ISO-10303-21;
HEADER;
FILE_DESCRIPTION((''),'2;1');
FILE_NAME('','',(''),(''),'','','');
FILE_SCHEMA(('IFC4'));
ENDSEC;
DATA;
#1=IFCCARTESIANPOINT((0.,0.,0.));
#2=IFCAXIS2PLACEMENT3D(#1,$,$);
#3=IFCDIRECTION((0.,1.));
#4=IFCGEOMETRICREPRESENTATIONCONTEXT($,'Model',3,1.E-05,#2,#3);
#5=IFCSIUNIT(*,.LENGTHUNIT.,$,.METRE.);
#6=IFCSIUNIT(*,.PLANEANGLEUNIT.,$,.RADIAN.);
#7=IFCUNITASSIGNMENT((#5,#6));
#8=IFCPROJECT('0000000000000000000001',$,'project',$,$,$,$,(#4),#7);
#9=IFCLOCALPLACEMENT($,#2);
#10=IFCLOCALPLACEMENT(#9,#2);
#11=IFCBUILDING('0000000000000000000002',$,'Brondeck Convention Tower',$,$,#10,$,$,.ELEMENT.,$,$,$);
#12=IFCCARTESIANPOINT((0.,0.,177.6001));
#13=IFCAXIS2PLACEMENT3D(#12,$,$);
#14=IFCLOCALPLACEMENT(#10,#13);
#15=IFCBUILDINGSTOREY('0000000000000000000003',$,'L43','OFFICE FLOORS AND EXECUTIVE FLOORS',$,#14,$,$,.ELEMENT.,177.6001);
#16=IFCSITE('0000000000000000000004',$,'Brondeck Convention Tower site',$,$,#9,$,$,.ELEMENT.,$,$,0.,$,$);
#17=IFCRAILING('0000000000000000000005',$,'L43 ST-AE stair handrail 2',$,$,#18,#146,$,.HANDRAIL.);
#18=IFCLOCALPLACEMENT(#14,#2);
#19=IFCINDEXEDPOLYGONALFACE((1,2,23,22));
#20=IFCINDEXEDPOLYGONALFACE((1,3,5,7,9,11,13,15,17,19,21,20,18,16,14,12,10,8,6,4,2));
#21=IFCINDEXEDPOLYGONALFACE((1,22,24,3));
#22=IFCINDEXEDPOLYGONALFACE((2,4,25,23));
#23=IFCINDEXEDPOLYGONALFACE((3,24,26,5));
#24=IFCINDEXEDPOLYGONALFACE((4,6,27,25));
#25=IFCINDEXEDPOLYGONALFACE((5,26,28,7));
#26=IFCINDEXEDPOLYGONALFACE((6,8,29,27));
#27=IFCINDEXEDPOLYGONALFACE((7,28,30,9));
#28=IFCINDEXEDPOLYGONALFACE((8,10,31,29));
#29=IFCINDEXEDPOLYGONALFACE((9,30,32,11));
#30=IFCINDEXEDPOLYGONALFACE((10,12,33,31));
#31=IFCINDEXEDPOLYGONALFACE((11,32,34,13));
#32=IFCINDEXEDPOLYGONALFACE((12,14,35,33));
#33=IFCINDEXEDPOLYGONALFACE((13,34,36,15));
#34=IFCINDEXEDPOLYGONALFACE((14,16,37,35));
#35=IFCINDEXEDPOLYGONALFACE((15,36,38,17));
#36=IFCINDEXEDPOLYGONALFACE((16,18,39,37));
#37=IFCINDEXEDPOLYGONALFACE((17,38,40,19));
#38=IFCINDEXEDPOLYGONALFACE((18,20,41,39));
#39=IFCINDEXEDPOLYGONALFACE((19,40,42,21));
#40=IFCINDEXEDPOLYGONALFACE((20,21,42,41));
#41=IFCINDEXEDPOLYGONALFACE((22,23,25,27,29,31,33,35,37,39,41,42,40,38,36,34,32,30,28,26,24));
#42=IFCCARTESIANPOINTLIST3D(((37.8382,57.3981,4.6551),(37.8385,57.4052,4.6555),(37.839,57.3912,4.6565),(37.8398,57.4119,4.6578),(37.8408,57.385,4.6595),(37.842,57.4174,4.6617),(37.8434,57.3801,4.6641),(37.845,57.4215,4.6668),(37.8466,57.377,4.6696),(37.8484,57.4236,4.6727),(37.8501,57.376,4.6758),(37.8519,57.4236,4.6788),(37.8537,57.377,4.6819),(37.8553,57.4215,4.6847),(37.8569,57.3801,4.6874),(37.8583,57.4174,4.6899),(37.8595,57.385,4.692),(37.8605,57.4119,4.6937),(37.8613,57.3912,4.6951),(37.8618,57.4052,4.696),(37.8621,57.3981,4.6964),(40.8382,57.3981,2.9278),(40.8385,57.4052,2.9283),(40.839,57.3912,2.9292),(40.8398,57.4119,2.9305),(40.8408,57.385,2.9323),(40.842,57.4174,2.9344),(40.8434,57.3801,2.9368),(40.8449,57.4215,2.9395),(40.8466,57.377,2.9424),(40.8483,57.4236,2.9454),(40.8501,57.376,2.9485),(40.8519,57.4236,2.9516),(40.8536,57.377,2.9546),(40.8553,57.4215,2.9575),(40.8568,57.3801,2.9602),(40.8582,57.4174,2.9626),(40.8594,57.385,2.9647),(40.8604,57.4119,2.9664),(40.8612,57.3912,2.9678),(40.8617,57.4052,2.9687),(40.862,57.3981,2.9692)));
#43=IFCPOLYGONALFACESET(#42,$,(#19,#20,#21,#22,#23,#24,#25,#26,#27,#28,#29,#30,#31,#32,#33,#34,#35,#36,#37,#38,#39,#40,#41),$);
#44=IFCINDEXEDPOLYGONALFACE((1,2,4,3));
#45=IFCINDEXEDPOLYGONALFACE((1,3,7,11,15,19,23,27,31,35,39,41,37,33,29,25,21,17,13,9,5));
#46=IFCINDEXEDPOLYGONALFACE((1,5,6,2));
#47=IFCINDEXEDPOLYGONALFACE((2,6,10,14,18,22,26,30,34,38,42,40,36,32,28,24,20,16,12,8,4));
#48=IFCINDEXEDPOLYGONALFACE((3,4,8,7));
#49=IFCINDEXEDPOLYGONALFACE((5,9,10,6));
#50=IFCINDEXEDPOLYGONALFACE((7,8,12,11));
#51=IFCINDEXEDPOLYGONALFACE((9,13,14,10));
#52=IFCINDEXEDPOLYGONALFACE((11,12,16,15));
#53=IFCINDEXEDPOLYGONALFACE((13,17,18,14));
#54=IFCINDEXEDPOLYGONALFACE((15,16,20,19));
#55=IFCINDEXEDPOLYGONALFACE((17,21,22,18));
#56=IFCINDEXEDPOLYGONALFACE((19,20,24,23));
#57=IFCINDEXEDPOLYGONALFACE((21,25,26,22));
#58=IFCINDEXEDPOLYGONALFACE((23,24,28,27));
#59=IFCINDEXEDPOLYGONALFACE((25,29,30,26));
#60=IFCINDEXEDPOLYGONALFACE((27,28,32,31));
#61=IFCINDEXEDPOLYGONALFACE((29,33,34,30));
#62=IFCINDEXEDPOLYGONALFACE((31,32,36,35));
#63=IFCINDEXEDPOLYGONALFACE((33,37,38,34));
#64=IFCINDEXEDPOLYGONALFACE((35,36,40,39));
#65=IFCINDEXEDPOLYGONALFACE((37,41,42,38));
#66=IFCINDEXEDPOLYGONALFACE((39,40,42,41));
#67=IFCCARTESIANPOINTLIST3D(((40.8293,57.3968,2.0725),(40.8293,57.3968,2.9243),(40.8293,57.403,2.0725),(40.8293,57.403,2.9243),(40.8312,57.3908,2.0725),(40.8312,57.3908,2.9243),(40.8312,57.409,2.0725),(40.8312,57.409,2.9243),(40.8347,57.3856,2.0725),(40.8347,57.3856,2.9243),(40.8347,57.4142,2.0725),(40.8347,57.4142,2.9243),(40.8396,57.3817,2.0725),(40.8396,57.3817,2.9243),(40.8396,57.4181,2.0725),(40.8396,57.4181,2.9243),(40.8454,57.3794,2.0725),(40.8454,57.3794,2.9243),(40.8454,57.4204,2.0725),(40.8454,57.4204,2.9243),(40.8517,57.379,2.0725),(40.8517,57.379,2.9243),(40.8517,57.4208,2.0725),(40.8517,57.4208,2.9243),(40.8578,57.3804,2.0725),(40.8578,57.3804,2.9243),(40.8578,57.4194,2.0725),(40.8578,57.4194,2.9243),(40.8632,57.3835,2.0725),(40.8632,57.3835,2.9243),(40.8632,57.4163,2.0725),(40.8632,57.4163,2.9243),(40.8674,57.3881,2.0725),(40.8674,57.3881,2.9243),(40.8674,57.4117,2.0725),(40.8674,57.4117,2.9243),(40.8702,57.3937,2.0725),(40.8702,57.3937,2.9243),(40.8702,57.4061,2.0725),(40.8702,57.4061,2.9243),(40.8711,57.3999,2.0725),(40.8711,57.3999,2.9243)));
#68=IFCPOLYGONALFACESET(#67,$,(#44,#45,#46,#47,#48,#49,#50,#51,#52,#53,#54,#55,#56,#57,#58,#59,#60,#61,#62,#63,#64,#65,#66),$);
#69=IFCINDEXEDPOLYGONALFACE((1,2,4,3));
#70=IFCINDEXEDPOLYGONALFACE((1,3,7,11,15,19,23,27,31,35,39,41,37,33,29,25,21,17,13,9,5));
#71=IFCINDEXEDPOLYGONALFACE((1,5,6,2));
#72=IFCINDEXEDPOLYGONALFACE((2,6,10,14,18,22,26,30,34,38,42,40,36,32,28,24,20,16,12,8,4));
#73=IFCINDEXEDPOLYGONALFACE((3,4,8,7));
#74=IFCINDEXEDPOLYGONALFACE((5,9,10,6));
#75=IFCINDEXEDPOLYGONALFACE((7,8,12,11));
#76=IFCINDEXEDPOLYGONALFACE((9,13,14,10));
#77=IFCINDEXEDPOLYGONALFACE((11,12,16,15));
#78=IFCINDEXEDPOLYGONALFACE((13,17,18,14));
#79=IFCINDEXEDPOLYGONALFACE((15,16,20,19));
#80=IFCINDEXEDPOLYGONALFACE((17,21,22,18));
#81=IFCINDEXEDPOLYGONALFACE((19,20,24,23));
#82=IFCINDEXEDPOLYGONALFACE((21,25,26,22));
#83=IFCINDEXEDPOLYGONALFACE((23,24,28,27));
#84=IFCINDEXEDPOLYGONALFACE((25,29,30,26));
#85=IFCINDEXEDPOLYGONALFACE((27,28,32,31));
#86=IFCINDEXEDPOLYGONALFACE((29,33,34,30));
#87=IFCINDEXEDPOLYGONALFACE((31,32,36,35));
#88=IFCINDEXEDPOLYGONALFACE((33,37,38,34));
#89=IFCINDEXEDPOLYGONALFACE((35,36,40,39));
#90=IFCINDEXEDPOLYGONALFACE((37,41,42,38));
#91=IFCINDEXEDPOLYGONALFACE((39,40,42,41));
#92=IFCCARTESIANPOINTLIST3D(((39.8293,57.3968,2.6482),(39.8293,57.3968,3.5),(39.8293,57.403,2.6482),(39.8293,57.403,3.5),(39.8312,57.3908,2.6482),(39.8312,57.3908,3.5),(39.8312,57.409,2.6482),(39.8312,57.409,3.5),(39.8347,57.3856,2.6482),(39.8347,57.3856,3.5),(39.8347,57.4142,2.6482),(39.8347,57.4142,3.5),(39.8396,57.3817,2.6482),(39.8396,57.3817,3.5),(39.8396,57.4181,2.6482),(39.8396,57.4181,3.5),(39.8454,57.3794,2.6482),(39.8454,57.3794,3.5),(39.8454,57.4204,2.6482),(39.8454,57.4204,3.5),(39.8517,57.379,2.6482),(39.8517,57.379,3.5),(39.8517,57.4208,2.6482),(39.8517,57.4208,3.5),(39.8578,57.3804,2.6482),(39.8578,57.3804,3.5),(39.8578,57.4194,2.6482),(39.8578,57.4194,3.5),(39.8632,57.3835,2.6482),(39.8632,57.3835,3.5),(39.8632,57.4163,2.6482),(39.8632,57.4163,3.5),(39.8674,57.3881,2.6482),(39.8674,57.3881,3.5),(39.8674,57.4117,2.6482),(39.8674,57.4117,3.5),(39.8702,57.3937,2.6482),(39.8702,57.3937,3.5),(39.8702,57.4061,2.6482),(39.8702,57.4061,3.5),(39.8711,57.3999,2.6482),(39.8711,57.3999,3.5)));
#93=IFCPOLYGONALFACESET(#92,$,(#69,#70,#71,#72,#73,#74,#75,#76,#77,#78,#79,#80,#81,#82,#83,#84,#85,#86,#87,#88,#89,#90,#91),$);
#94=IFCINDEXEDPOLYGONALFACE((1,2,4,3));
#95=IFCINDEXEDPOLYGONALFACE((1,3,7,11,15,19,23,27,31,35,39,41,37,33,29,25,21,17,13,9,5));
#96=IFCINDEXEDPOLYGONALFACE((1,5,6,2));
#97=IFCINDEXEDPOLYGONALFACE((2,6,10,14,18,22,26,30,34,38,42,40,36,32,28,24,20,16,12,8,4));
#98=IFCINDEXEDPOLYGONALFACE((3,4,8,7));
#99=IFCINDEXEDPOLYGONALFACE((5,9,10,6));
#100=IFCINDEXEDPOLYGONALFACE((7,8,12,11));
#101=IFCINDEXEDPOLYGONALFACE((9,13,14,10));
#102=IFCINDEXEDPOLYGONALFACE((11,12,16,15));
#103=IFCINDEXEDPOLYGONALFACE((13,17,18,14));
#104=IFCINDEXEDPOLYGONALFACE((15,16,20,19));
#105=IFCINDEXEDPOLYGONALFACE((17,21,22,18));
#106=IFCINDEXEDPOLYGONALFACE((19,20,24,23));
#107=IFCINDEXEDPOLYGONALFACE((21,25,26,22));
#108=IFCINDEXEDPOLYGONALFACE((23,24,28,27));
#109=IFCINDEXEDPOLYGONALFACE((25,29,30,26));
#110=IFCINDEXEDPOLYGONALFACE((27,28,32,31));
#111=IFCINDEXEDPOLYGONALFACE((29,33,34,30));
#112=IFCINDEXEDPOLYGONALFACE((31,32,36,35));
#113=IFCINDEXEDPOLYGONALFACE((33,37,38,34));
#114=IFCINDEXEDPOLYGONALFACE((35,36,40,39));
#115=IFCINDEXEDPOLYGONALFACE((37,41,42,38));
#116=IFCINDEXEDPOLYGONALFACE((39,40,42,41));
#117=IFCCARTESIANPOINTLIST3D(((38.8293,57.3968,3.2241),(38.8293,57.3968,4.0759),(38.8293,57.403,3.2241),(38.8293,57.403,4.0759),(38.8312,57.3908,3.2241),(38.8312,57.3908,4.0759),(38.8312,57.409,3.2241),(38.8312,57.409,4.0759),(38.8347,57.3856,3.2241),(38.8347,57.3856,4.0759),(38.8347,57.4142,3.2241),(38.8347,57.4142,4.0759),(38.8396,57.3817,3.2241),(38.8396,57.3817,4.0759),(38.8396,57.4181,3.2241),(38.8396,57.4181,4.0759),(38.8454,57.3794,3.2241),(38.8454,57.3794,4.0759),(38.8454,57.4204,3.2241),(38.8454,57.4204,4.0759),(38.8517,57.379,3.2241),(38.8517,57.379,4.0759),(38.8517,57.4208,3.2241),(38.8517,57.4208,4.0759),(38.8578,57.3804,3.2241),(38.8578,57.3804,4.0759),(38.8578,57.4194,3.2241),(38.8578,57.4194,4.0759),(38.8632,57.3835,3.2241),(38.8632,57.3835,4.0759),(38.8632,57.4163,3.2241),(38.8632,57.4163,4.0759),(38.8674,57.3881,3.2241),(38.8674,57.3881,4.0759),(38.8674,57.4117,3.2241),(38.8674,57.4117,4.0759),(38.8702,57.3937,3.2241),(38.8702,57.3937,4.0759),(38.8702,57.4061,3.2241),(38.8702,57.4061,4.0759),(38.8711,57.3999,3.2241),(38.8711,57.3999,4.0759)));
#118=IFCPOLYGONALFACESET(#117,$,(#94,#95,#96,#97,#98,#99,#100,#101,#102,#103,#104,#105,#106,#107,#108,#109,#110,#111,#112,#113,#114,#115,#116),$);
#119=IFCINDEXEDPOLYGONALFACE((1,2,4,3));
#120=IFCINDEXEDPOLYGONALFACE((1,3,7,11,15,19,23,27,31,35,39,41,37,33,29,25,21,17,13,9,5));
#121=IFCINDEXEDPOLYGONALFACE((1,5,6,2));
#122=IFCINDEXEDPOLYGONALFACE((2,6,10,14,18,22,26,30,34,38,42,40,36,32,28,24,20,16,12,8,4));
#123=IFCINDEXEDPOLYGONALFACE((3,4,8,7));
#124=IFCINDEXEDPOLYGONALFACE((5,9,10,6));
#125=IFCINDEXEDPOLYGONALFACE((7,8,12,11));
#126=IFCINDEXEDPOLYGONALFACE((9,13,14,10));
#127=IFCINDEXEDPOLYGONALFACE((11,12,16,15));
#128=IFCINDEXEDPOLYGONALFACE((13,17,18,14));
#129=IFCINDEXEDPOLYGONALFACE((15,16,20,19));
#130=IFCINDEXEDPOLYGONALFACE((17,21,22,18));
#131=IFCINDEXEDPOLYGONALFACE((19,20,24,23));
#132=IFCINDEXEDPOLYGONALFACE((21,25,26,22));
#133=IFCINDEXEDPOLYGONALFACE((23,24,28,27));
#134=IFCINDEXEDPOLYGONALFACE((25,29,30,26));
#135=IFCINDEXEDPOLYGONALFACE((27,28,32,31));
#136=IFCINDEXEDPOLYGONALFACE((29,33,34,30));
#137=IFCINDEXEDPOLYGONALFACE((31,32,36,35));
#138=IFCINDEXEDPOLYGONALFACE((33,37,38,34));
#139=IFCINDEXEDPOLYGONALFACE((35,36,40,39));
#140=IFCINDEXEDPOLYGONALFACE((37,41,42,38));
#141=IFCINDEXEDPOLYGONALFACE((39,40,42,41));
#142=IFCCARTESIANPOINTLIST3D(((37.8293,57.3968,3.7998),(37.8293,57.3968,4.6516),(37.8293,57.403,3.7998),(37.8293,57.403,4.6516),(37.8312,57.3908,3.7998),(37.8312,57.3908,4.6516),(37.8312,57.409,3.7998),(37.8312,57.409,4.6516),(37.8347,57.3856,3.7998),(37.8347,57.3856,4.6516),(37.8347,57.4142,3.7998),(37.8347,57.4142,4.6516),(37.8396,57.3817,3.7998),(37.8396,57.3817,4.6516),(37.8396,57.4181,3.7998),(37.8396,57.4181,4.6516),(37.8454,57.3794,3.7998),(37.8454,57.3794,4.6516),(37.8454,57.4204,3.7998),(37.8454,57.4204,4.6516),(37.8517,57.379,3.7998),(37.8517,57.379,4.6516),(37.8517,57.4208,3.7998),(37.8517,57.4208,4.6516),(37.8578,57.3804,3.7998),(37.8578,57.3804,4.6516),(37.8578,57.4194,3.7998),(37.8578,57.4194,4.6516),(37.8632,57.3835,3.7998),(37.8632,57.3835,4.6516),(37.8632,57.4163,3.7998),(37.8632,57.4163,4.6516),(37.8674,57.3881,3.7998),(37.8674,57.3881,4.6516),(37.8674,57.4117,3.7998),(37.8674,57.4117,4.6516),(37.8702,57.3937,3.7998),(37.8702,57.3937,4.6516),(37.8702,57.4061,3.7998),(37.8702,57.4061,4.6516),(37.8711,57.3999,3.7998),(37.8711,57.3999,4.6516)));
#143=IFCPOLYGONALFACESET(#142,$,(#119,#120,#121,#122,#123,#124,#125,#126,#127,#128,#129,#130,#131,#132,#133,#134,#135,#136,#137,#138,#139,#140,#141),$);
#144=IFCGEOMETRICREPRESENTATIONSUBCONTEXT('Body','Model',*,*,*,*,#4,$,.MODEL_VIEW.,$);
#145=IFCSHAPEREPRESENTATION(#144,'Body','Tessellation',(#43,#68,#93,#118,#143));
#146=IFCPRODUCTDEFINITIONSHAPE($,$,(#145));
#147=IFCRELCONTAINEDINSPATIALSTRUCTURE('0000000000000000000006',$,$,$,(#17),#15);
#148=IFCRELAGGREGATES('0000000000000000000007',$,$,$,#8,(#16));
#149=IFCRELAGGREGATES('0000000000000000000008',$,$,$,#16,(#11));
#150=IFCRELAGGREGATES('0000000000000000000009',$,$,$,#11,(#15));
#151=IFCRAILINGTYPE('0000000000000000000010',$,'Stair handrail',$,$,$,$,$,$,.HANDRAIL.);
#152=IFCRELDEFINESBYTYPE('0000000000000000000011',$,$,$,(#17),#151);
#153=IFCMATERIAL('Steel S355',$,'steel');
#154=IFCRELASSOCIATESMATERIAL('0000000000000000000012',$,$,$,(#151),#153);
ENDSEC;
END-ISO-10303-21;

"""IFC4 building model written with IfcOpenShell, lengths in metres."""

from ifc_helpers import new_model, si_unit, direction, frame, origin, origin_2d, place, context, subcontext, project, spatial, circle, extrude, material, type_object, element, save


model = new_model("IFC4")

# Units and contexts
model_context = context("Model", 3, precision=1e-05, world=origin(), true_north=direction((0.0, 1.0)))
body_context = subcontext(model_context, "Body", "Model", "MODEL_VIEW")
ifc_project = project(units=[si_unit("LENGTHUNIT", "METRE"), si_unit("PLANEANGLEUNIT", "RADIAN")], contexts=[model_context])

# Site, building, storey
site_placement = place(None, origin())
site = spatial("IfcSite", under=ifc_project, at=site_placement, Name="Brondeck Convention Tower site", CompositionType="ELEMENT", RefElevation=0.0)
building_placement = place(site_placement, origin())
building = spatial("IfcBuilding", under=site, at=building_placement, Name="Brondeck Convention Tower", CompositionType="ELEMENT")
storey_placement = place(building_placement, frame((0.0, 0.0, 177.6001)))
storey = spatial("IfcBuildingStorey", under=building, at=storey_placement, Name="L43", Description="OFFICE FLOORS AND EXECUTIVE FLOORS", CompositionType="ELEMENT", Elevation=177.6001)

# Shared definitions
ifc_material_1 = material(Name="Steel S355", Category="steel")

# Railing
railing_type = type_object("IfcRailingType", Name="Stair handrail", PredefinedType="HANDRAIL", material=ifc_material_1)
railing_placement = place(storey_placement, frame((40.8501, 57.3999, 2.0725)))
element("IfcRailing", 1, at=railing_placement, inside=storey, type_object=railing_type, Name="L43 ST-AE stair handrail 2", PredefinedType="HANDRAIL", context=body_context, shape_type="SweptSolid", body=[
    extrude(circle(Radius=0.0239, at=origin_2d()), frame((0.0, 0.0, 0.876), z_axis=(-0.86662, 0.0, 0.498969), x_axis=(0.0, -1.0, 0.0)), (0.0, 0.0, 1.0), 3.4617),
    extrude(circle(Radius=0.021, at=origin_2d()), origin(), (0.0, 0.0, 1.0), 0.8518),
    extrude(circle(Radius=0.021, at=origin_2d()), frame((-1.0, 0.0, 0.5757)), (0.0, 0.0, 1.0), 0.8518),
    extrude(circle(Radius=0.021, at=origin_2d()), frame((-2.0, 0.0, 1.1516)), (0.0, 0.0, 1.0), 0.8518),
    extrude(circle(Radius=0.021, at=origin_2d()), frame((-3.0, 0.0, 1.7273)), (0.0, 0.0, 1.0), 0.8518),
])

save(model, "model.ifc")
